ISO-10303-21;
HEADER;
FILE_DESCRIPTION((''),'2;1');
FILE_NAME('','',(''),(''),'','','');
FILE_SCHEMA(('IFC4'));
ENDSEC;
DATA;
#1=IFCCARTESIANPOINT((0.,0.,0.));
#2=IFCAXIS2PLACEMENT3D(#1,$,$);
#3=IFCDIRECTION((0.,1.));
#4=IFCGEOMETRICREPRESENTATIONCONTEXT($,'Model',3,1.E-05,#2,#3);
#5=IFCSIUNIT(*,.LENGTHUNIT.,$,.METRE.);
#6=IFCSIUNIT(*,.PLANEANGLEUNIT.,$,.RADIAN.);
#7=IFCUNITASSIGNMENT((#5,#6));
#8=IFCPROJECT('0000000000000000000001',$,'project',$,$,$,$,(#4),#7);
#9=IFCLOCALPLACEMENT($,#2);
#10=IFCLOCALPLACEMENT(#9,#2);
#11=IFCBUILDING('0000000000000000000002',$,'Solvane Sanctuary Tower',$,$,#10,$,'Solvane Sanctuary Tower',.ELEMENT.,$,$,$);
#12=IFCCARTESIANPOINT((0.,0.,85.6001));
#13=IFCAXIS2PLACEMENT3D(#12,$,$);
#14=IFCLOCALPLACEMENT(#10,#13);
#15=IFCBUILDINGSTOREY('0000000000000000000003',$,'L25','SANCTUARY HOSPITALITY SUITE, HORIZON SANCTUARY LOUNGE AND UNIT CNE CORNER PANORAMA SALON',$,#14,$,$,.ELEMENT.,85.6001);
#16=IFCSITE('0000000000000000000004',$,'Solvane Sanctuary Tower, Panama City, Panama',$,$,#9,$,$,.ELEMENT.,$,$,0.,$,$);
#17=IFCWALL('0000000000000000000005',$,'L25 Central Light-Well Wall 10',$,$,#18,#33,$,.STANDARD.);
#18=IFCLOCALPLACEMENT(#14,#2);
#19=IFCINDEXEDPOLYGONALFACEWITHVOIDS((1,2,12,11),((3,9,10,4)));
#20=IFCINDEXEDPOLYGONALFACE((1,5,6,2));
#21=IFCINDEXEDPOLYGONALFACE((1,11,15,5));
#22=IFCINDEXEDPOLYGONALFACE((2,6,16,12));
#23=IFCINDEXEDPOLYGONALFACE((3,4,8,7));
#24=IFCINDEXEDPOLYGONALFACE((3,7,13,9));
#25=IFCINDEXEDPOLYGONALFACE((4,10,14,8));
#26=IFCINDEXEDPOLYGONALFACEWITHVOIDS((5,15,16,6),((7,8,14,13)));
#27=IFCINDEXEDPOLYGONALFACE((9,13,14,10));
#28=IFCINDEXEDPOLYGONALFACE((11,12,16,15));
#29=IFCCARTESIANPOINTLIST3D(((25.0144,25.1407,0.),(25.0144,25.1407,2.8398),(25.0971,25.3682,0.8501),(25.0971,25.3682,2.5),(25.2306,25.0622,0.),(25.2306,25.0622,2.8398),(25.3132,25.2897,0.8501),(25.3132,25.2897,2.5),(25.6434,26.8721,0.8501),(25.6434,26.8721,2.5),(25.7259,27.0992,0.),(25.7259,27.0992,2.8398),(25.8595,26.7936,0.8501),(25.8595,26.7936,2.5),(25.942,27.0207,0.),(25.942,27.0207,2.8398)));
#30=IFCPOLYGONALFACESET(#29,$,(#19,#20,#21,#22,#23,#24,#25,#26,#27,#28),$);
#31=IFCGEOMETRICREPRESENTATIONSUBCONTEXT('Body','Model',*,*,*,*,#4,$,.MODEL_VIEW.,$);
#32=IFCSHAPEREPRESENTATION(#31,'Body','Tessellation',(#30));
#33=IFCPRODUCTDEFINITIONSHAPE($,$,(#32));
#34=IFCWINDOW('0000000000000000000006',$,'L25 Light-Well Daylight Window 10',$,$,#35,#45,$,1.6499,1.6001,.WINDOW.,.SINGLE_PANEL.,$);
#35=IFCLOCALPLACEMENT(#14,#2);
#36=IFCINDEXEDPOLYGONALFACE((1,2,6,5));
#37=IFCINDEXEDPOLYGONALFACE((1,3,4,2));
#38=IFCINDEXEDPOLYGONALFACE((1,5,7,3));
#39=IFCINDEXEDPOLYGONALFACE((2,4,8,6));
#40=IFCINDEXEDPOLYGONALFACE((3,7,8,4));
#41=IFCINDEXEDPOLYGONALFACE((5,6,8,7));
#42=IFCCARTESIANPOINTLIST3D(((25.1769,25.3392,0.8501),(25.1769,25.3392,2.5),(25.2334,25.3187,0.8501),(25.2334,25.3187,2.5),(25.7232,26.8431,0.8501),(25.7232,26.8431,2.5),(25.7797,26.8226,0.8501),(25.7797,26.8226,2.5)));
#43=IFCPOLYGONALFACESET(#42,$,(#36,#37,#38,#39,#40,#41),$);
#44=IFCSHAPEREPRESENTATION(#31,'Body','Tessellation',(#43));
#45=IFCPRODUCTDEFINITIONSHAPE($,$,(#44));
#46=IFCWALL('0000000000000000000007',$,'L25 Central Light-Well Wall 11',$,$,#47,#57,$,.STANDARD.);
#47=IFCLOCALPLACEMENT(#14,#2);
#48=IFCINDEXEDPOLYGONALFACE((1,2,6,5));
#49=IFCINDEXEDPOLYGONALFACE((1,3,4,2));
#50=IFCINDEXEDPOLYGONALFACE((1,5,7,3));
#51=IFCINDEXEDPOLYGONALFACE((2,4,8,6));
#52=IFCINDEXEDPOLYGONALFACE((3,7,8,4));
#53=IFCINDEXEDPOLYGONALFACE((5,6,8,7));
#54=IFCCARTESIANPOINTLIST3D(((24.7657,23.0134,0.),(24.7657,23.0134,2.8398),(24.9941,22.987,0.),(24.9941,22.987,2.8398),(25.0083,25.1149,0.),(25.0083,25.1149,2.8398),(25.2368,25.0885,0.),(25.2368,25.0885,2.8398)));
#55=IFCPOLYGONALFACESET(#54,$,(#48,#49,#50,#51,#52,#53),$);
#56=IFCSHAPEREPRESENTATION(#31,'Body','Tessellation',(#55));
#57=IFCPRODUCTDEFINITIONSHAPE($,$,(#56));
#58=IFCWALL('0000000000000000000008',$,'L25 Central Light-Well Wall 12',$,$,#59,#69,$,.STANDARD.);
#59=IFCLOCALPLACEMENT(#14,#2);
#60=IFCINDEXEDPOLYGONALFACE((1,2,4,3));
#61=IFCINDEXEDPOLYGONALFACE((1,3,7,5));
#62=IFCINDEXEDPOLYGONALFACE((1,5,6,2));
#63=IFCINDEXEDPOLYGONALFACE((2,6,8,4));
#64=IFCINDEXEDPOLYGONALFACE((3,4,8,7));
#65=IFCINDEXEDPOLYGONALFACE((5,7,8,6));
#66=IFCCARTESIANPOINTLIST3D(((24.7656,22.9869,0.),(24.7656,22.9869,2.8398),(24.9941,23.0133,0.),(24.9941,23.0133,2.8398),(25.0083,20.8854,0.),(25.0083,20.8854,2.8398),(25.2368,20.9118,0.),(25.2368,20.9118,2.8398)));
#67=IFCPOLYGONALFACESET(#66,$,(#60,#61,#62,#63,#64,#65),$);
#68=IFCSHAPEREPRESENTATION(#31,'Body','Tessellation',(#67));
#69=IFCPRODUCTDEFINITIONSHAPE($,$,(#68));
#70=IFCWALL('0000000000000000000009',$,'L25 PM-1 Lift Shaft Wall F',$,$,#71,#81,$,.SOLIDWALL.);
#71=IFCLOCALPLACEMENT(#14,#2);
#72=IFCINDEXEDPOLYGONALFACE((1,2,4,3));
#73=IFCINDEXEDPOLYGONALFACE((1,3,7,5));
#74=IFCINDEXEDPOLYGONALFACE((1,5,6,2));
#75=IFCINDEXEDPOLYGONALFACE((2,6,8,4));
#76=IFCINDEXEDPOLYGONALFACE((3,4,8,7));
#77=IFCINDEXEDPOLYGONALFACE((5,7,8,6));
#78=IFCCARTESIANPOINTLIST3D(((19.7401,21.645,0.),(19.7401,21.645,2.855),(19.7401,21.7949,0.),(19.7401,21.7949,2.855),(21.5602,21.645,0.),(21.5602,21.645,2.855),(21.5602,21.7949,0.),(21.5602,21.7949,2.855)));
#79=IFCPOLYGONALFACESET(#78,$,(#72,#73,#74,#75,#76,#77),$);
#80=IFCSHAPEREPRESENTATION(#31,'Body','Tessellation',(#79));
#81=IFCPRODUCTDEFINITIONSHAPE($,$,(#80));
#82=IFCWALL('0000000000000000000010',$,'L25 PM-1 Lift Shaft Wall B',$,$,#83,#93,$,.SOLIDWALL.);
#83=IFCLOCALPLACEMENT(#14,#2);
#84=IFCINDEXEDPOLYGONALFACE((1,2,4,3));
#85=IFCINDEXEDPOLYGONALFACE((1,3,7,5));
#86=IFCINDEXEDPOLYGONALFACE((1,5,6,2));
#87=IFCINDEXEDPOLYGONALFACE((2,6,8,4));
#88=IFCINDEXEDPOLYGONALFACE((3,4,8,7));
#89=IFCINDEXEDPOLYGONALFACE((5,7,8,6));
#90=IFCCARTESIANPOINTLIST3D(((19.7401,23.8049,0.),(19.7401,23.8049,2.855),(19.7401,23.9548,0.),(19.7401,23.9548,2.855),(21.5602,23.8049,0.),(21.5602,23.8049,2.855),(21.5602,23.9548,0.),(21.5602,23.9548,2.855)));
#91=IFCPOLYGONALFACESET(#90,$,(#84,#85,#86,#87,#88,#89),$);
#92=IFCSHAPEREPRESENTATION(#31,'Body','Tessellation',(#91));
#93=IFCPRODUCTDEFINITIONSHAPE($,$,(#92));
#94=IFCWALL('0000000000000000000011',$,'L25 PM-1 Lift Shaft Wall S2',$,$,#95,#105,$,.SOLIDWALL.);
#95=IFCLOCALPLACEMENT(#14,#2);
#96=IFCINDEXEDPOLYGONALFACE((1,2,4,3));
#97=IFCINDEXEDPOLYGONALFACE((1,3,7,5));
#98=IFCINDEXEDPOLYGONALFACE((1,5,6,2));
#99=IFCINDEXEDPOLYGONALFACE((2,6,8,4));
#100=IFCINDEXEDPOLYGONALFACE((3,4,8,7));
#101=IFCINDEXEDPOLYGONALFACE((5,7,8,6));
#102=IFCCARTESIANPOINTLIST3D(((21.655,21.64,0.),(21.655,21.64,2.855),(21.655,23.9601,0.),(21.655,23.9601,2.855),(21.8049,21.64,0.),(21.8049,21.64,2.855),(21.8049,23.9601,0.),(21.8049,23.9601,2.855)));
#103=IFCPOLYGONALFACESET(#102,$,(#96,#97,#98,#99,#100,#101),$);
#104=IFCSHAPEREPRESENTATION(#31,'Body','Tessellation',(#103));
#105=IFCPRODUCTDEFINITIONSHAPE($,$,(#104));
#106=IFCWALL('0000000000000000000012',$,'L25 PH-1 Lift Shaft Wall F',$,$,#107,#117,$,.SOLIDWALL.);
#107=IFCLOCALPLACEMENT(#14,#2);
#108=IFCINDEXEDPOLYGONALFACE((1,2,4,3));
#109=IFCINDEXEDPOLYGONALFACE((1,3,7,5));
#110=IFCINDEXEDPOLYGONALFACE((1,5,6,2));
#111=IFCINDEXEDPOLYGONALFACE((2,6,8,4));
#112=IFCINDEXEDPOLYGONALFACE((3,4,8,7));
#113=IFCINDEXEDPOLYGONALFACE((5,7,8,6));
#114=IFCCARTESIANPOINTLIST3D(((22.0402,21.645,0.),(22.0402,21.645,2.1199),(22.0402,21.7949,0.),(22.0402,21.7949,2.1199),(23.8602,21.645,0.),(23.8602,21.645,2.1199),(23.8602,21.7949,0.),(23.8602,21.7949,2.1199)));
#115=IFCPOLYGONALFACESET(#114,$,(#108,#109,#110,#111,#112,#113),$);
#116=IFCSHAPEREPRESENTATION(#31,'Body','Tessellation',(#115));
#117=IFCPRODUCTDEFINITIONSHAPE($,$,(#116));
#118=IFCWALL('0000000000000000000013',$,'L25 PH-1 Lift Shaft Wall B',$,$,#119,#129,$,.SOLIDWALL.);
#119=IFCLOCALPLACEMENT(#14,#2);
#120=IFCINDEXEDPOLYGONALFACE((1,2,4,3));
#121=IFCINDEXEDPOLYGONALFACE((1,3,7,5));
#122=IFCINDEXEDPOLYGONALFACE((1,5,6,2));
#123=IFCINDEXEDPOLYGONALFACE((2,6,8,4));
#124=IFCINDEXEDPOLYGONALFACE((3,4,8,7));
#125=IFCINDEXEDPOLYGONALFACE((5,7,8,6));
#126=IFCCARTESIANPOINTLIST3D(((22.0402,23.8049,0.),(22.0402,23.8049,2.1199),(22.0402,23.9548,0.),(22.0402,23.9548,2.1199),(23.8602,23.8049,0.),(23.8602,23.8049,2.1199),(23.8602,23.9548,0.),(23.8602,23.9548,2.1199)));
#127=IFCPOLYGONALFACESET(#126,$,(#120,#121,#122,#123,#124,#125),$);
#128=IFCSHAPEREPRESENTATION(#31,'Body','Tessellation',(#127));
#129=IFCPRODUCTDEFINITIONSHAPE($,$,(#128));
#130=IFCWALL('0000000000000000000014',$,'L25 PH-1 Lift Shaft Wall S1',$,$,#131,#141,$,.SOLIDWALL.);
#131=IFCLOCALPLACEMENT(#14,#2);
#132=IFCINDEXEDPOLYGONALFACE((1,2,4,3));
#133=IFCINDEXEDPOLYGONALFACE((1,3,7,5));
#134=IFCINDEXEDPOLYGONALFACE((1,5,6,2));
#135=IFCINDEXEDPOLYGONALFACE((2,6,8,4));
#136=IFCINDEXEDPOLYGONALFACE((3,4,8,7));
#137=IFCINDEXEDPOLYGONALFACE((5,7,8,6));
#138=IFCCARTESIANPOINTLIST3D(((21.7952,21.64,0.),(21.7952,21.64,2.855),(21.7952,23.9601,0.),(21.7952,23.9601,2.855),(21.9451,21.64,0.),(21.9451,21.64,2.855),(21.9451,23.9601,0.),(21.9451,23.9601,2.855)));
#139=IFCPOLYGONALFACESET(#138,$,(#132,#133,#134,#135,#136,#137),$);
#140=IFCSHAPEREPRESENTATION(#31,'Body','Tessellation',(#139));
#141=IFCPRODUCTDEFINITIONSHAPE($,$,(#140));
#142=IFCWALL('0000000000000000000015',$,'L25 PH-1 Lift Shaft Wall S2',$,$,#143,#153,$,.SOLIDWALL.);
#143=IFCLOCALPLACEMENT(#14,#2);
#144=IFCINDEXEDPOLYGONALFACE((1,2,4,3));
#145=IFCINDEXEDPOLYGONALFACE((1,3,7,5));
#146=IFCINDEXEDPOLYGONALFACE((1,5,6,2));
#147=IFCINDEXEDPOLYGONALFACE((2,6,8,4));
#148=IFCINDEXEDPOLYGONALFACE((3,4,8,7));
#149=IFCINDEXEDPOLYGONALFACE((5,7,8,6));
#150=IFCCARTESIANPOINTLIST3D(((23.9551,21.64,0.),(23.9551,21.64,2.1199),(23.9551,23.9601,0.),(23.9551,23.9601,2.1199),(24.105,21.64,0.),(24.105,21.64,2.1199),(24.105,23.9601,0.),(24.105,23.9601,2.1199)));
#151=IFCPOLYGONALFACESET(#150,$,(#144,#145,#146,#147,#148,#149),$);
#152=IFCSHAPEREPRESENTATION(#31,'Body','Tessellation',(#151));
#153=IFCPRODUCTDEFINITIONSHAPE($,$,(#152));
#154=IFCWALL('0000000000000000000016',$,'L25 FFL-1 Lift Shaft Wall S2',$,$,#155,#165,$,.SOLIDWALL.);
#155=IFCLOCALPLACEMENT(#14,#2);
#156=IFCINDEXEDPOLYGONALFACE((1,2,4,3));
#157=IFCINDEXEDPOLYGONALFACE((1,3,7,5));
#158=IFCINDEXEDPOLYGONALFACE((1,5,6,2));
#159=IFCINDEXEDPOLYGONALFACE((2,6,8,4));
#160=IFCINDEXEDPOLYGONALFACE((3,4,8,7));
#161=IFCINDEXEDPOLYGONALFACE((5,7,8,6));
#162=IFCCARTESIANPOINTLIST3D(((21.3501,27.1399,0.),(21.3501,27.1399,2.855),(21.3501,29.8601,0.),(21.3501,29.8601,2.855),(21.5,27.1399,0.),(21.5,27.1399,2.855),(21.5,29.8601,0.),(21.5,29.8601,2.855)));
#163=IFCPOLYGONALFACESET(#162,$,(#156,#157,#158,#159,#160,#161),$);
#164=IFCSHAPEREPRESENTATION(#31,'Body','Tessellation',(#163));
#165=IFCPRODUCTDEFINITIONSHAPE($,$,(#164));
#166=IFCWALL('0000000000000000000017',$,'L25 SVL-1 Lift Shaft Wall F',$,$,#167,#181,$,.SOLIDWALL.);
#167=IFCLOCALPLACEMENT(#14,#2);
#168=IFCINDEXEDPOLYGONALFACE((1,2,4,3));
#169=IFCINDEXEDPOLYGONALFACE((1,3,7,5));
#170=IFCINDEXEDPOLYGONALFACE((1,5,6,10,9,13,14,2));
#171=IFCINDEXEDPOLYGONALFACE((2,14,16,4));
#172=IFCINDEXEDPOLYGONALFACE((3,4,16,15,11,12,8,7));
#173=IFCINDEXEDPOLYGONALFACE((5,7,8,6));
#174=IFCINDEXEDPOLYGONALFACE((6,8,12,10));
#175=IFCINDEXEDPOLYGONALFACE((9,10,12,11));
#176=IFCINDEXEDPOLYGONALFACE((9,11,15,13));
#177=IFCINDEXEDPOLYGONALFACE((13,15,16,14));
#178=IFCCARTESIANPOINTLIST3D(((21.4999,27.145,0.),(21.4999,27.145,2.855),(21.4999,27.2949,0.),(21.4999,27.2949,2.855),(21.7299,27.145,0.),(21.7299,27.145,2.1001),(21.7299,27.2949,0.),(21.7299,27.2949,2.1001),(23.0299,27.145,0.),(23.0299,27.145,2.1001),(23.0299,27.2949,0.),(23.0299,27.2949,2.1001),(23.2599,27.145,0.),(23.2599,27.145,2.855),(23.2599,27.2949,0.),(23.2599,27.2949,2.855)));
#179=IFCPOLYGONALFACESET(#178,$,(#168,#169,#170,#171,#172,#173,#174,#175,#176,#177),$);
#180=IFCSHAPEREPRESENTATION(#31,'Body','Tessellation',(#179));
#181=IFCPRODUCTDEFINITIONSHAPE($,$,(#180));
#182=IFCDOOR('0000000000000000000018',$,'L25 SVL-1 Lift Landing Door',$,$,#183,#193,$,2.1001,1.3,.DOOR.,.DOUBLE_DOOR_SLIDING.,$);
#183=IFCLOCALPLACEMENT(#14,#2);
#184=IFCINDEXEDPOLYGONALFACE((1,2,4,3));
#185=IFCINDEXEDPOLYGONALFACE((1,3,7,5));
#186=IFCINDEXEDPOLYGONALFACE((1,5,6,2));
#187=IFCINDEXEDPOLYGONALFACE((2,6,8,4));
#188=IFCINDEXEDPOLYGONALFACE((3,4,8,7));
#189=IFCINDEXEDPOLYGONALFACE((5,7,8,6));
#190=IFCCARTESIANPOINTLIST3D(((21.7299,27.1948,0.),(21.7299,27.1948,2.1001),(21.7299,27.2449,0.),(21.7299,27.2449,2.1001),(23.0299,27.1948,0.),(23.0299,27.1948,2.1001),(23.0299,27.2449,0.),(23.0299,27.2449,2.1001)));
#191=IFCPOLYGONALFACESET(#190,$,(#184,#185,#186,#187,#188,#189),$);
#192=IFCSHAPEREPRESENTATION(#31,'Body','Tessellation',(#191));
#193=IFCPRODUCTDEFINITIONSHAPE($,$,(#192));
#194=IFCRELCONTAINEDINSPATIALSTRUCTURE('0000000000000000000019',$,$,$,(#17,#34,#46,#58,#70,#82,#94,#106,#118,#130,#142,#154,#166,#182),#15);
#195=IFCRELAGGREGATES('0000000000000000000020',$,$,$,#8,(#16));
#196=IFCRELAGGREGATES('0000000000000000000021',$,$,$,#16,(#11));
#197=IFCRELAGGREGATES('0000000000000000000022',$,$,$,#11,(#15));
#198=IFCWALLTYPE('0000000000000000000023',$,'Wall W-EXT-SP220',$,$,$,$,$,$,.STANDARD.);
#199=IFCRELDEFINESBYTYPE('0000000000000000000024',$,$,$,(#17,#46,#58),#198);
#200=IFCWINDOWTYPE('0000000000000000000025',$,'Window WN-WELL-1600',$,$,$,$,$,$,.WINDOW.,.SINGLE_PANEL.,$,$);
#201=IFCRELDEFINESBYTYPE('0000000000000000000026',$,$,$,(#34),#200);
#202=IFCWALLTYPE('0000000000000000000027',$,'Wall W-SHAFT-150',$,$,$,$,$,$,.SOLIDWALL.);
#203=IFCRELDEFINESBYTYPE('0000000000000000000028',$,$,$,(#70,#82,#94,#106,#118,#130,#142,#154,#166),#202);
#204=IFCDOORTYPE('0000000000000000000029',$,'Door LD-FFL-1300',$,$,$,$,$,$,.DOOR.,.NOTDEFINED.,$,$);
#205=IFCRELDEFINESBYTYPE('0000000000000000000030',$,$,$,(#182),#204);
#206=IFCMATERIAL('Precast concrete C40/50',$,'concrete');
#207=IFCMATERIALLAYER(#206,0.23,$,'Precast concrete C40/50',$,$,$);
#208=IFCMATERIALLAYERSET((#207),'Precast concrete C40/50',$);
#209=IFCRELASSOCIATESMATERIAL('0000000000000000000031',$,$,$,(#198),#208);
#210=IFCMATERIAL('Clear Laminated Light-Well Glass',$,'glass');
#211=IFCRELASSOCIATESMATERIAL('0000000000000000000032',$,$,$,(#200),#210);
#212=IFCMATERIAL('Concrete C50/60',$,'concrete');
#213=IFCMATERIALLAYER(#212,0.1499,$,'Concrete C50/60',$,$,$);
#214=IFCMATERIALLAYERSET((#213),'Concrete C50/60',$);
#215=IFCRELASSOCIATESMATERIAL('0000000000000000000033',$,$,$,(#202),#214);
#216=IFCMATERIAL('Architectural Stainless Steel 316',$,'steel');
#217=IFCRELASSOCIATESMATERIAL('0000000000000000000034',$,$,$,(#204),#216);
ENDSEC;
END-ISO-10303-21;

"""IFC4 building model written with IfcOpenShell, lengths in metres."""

from ifc_helpers import new_model, si_unit, direction, frame, frame_2d, origin, place, context, subcontext, project, spatial, rectangle, extrude, material, layer, layer_set, type_object, element, fill, save


model = new_model("IFC4")

# Units and contexts
model_context = context("Model", 3, precision=1e-05, world=origin(), true_north=direction((0.0, 1.0)))
body_context = subcontext(model_context, "Body", "Model", "MODEL_VIEW")
ifc_project = project(units=[si_unit("LENGTHUNIT", "METRE"), si_unit("PLANEANGLEUNIT", "RADIAN")], contexts=[model_context])

# Site, building, storey
site_placement = place(None, origin())
site = spatial("IfcSite", under=ifc_project, at=site_placement, Name="Solvane Sanctuary Tower, Panama City, Panama", CompositionType="ELEMENT", RefElevation=0.0)
building_placement = place(site_placement, origin())
building = spatial("IfcBuilding", under=site, at=building_placement, Name="Solvane Sanctuary Tower", LongName="Solvane Sanctuary Tower", CompositionType="ELEMENT")
storey_placement = place(building_placement, frame((0.0, 0.0, 85.6001)))
storey = spatial("IfcBuildingStorey", under=building, at=storey_placement, Name="L25", Description="SANCTUARY HOSPITALITY SUITE, HORIZON SANCTUARY LOUNGE AND UNIT CNE CORNER PANORAMA SALON", CompositionType="ELEMENT", Elevation=85.6001)

# Shared definitions
ifc_material_1 = material(Name="Architectural Stainless Steel 316", Category="steel")

# Shared definitions
ifc_material_2 = material(Name="Precast concrete C40/50", Category="concrete")
ifc_layer_1 = layer(ifc_material_2, 0.23, Name="Precast concrete C40/50")
ifc_layer_set_1 = layer_set([ifc_layer_1], Name="Precast concrete C40/50")
wall_type_1 = type_object("IfcWallType", Name="Wall W-EXT-SP220", PredefinedType="STANDARD", material=ifc_layer_set_1)

# Wall, opening, window
wall_1_placement = place(storey_placement, frame((25.834, 27.0601, 0.0), z_axis=(0.0, 0.0, 1.0), x_axis=(-0.341423, -0.93991, 0.0)))
wall_1 = element("IfcWall", 1, at=wall_1_placement, inside=storey, type_object=wall_type_1, Name="L25 Central Light-Well Wall 10", PredefinedType="STANDARD", context=body_context, shape_type="SweptSolid", body=[
    extrude(rectangle(XDim=2.0837, YDim=0.23, at=frame_2d((1.042, 0.0))), origin(), (0.0, 0.0, 1.0), 2.8398),
])
opening_1_placement = place(wall_1_placement, frame((0.2417, 0.0, 0.8501)))
opening_1 = element("IfcOpeningElement", 2, at=opening_1_placement, cuts=wall_1, PredefinedType="OPENING", context=body_context, shape_type="SweptSolid", body=[
    extrude(rectangle(XDim=1.6001, YDim=1.6499, at=frame_2d((0.8, 0.825))), frame((0.0, 0.125, 0.0), z_axis=(0.0, -1.0, 0.0), x_axis=(1.0, 0.0, 0.0)), (0.0, 0.0, 1.0), 0.25),
])
ifc_material_3 = material(Name="Clear Laminated Light-Well Glass", Category="glass")
window_type = type_object("IfcWindowType", Name="Window WN-WELL-1600", PartitioningType="SINGLE_PANEL", PredefinedType="WINDOW", material=ifc_material_3)
window_placement = place(opening_1_placement, origin())
window = element("IfcWindow", 3, at=window_placement, inside=storey, type_object=window_type, Name="L25 Light-Well Daylight Window 10", OverallHeight=1.6499, OverallWidth=1.6001, PartitioningType="SINGLE_PANEL", PredefinedType="WINDOW", context=body_context, shape_type="SweptSolid", body=[
    extrude(rectangle(XDim=1.6001, YDim=1.6499, at=frame_2d((0.8, 0.825))), frame((0.0, 0.03, 0.0), z_axis=(0.0, -1.0, 0.0), x_axis=(1.0, 0.0, 0.0)), (0.0, 0.0, 1.0), 0.0601),
])
fill(opening_1, window)

# Walls
for number, where, z_axis, x_axis, name in (
    (4, (25.1226, 25.1016, 0.0), (0.0, 0.0, 1.0), (-0.114712, -0.993399, 0.0), "L25 Central Light-Well Wall 11"),
    (5, (24.8799, 23.0, 0.0), (0.0, 0.0, 1.0), (0.114712, -0.993399, 0.0), "L25 Central Light-Well Wall 12"),
):
    element("IfcWall", number, at=place(storey_placement, frame(where, z_axis=z_axis, x_axis=x_axis)), inside=storey, type_object=wall_type_1, Name=name, PredefinedType="STANDARD", context=body_context, shape_type="SweptSolid", body=[
        extrude(rectangle(XDim=2.1155, YDim=0.23, at=frame_2d((1.0576, 0.0))), origin(), (0.0, 0.0, 1.0), 2.8398),
    ])
ifc_material_4 = material(Name="Concrete C50/60", Category="concrete")
ifc_layer_2 = layer(ifc_material_4, 0.1499, Name="Concrete C50/60")
ifc_layer_set_2 = layer_set([ifc_layer_2], Name="Concrete C50/60")
wall_type_2 = type_object("IfcWallType", Name="Wall W-SHAFT-150", PredefinedType="SOLIDWALL", material=ifc_layer_set_2)
for number, where, z_axis, x_axis, name in (
    (6, (19.74, 21.72, 0.0), (0.0, 0.0, 1.0), (1.0, 0.0, 0.0), "L25 PM-1 Lift Shaft Wall F"),
    (7, (19.74, 23.8799, 0.0), (0.0, 0.0, 1.0), (1.0, 0.0, 0.0), "L25 PM-1 Lift Shaft Wall B"),
):
    element("IfcWall", number, at=place(storey_placement, frame(where, z_axis=z_axis, x_axis=x_axis)), inside=storey, type_object=wall_type_2, Name=name, PredefinedType="SOLIDWALL", context=body_context, shape_type="SweptSolid", body=[
        extrude(rectangle(XDim=1.8201, YDim=0.1499, at=frame_2d((0.9102, 0.0))), origin(), (0.0, 0.0, 1.0), 2.855),
    ])
wall_2_placement = place(storey_placement, frame((21.73, 21.6399, 0.0), z_axis=(0.0, 0.0, 1.0), x_axis=(0.0, 1.0, 0.0)))
element("IfcWall", 8, at=wall_2_placement, inside=storey, type_object=wall_type_2, Name="L25 PM-1 Lift Shaft Wall S2", PredefinedType="SOLIDWALL", context=body_context, shape_type="SweptSolid", body=[
    extrude(rectangle(XDim=2.3201, YDim=0.1499, at=frame_2d((1.1602, 0.0))), origin(), (0.0, 0.0, 1.0), 2.855),
])
for number, where, z_axis, x_axis, name in (
    (9, (22.04, 21.72, 0.0), (0.0, 0.0, 1.0), (1.0, 0.0, 0.0), "L25 PH-1 Lift Shaft Wall F"),
    (10, (22.04, 23.8799, 0.0), (0.0, 0.0, 1.0), (1.0, 0.0, 0.0), "L25 PH-1 Lift Shaft Wall B"),
):
    element("IfcWall", number, at=place(storey_placement, frame(where, z_axis=z_axis, x_axis=x_axis)), inside=storey, type_object=wall_type_2, Name=name, PredefinedType="SOLIDWALL", context=body_context, shape_type="SweptSolid", body=[
        extrude(rectangle(XDim=1.8201, YDim=0.1499, at=frame_2d((0.9102, 0.0))), origin(), (0.0, 0.0, 1.0), 2.1199),
    ])
wall_3_placement = place(storey_placement, frame((21.8701, 21.6399, 0.0), z_axis=(0.0, 0.0, 1.0), x_axis=(0.0, 1.0, 0.0)))
element("IfcWall", 11, at=wall_3_placement, inside=storey, type_object=wall_type_2, Name="L25 PH-1 Lift Shaft Wall S1", PredefinedType="SOLIDWALL", context=body_context, shape_type="SweptSolid", body=[
    extrude(rectangle(XDim=2.3201, YDim=0.1499, at=frame_2d((1.1602, 0.0))), origin(), (0.0, 0.0, 1.0), 2.855),
])
wall_4_placement = place(storey_placement, frame((24.03, 21.6399, 0.0), z_axis=(0.0, 0.0, 1.0), x_axis=(0.0, 1.0, 0.0)))
element("IfcWall", 12, at=wall_4_placement, inside=storey, type_object=wall_type_2, Name="L25 PH-1 Lift Shaft Wall S2", PredefinedType="SOLIDWALL", context=body_context, shape_type="SweptSolid", body=[
    extrude(rectangle(XDim=2.3201, YDim=0.1499, at=frame_2d((1.1602, 0.0))), origin(), (0.0, 0.0, 1.0), 2.1199),
])
wall_5_placement = place(storey_placement, frame((21.425, 27.1399, 0.0), z_axis=(0.0, 0.0, 1.0), x_axis=(0.0, 1.0, 0.0)))
element("IfcWall", 13, at=wall_5_placement, inside=storey, type_object=wall_type_2, Name="L25 FFL-1 Lift Shaft Wall S2", PredefinedType="SOLIDWALL", context=body_context, shape_type="SweptSolid", body=[
    extrude(rectangle(XDim=2.7202, YDim=0.1499, at=frame_2d((1.3601, 0.0))), origin(), (0.0, 0.0, 1.0), 2.855),
])

# Wall, opening, door
wall_6_placement = place(storey_placement, frame((21.5, 27.22, 0.0), z_axis=(0.0, 0.0, 1.0), x_axis=(1.0, 0.0, 0.0)))
wall_6 = element("IfcWall", 14, at=wall_6_placement, inside=storey, type_object=wall_type_2, Name="L25 SVL-1 Lift Shaft Wall F", PredefinedType="SOLIDWALL", context=body_context, shape_type="SweptSolid", body=[
    extrude(rectangle(XDim=1.76, YDim=0.1499, at=frame_2d((0.8799, 0.0))), origin(), (0.0, 0.0, 1.0), 2.855),
])
opening_2_placement = place(wall_6_placement, frame((0.23, 0.0, 0.0)))
opening_2 = element("IfcOpeningElement", 15, at=opening_2_placement, cuts=wall_6, PredefinedType="OPENING", context=body_context, shape_type="SweptSolid", body=[
    extrude(rectangle(XDim=1.3, YDim=2.1001, at=frame_2d((0.6499, 1.05))), frame((0.0, 0.085, 0.0), z_axis=(0.0, -1.0, 0.0), x_axis=(1.0, 0.0, 0.0)), (0.0, 0.0, 1.0), 0.1699),
])
door_type_1 = type_object("IfcDoorType", Name="Door LD-FFL-1300", OperationType="NOTDEFINED", PredefinedType="DOOR", material=ifc_material_1)
door_1_placement = place(opening_2_placement, origin())
door_1 = element("IfcDoor", 16, at=door_1_placement, inside=storey, type_object=door_type_1, Name="L25 SVL-1 Lift Landing Door", OperationType="DOUBLE_DOOR_SLIDING", OverallHeight=2.1001, OverallWidth=1.3, PredefinedType="DOOR", context=body_context, shape_type="SweptSolid", body=[
    extrude(rectangle(XDim=1.3, YDim=2.1001, at=frame_2d((0.6499, 1.05))), frame((0.0, 0.0249, 0.0), z_axis=(0.0, -1.0, 0.0), x_axis=(1.0, 0.0, 0.0)), (0.0, 0.0, 1.0), 0.05),
])
fill(opening_2, door_1)

save(model, "model.ifc")
